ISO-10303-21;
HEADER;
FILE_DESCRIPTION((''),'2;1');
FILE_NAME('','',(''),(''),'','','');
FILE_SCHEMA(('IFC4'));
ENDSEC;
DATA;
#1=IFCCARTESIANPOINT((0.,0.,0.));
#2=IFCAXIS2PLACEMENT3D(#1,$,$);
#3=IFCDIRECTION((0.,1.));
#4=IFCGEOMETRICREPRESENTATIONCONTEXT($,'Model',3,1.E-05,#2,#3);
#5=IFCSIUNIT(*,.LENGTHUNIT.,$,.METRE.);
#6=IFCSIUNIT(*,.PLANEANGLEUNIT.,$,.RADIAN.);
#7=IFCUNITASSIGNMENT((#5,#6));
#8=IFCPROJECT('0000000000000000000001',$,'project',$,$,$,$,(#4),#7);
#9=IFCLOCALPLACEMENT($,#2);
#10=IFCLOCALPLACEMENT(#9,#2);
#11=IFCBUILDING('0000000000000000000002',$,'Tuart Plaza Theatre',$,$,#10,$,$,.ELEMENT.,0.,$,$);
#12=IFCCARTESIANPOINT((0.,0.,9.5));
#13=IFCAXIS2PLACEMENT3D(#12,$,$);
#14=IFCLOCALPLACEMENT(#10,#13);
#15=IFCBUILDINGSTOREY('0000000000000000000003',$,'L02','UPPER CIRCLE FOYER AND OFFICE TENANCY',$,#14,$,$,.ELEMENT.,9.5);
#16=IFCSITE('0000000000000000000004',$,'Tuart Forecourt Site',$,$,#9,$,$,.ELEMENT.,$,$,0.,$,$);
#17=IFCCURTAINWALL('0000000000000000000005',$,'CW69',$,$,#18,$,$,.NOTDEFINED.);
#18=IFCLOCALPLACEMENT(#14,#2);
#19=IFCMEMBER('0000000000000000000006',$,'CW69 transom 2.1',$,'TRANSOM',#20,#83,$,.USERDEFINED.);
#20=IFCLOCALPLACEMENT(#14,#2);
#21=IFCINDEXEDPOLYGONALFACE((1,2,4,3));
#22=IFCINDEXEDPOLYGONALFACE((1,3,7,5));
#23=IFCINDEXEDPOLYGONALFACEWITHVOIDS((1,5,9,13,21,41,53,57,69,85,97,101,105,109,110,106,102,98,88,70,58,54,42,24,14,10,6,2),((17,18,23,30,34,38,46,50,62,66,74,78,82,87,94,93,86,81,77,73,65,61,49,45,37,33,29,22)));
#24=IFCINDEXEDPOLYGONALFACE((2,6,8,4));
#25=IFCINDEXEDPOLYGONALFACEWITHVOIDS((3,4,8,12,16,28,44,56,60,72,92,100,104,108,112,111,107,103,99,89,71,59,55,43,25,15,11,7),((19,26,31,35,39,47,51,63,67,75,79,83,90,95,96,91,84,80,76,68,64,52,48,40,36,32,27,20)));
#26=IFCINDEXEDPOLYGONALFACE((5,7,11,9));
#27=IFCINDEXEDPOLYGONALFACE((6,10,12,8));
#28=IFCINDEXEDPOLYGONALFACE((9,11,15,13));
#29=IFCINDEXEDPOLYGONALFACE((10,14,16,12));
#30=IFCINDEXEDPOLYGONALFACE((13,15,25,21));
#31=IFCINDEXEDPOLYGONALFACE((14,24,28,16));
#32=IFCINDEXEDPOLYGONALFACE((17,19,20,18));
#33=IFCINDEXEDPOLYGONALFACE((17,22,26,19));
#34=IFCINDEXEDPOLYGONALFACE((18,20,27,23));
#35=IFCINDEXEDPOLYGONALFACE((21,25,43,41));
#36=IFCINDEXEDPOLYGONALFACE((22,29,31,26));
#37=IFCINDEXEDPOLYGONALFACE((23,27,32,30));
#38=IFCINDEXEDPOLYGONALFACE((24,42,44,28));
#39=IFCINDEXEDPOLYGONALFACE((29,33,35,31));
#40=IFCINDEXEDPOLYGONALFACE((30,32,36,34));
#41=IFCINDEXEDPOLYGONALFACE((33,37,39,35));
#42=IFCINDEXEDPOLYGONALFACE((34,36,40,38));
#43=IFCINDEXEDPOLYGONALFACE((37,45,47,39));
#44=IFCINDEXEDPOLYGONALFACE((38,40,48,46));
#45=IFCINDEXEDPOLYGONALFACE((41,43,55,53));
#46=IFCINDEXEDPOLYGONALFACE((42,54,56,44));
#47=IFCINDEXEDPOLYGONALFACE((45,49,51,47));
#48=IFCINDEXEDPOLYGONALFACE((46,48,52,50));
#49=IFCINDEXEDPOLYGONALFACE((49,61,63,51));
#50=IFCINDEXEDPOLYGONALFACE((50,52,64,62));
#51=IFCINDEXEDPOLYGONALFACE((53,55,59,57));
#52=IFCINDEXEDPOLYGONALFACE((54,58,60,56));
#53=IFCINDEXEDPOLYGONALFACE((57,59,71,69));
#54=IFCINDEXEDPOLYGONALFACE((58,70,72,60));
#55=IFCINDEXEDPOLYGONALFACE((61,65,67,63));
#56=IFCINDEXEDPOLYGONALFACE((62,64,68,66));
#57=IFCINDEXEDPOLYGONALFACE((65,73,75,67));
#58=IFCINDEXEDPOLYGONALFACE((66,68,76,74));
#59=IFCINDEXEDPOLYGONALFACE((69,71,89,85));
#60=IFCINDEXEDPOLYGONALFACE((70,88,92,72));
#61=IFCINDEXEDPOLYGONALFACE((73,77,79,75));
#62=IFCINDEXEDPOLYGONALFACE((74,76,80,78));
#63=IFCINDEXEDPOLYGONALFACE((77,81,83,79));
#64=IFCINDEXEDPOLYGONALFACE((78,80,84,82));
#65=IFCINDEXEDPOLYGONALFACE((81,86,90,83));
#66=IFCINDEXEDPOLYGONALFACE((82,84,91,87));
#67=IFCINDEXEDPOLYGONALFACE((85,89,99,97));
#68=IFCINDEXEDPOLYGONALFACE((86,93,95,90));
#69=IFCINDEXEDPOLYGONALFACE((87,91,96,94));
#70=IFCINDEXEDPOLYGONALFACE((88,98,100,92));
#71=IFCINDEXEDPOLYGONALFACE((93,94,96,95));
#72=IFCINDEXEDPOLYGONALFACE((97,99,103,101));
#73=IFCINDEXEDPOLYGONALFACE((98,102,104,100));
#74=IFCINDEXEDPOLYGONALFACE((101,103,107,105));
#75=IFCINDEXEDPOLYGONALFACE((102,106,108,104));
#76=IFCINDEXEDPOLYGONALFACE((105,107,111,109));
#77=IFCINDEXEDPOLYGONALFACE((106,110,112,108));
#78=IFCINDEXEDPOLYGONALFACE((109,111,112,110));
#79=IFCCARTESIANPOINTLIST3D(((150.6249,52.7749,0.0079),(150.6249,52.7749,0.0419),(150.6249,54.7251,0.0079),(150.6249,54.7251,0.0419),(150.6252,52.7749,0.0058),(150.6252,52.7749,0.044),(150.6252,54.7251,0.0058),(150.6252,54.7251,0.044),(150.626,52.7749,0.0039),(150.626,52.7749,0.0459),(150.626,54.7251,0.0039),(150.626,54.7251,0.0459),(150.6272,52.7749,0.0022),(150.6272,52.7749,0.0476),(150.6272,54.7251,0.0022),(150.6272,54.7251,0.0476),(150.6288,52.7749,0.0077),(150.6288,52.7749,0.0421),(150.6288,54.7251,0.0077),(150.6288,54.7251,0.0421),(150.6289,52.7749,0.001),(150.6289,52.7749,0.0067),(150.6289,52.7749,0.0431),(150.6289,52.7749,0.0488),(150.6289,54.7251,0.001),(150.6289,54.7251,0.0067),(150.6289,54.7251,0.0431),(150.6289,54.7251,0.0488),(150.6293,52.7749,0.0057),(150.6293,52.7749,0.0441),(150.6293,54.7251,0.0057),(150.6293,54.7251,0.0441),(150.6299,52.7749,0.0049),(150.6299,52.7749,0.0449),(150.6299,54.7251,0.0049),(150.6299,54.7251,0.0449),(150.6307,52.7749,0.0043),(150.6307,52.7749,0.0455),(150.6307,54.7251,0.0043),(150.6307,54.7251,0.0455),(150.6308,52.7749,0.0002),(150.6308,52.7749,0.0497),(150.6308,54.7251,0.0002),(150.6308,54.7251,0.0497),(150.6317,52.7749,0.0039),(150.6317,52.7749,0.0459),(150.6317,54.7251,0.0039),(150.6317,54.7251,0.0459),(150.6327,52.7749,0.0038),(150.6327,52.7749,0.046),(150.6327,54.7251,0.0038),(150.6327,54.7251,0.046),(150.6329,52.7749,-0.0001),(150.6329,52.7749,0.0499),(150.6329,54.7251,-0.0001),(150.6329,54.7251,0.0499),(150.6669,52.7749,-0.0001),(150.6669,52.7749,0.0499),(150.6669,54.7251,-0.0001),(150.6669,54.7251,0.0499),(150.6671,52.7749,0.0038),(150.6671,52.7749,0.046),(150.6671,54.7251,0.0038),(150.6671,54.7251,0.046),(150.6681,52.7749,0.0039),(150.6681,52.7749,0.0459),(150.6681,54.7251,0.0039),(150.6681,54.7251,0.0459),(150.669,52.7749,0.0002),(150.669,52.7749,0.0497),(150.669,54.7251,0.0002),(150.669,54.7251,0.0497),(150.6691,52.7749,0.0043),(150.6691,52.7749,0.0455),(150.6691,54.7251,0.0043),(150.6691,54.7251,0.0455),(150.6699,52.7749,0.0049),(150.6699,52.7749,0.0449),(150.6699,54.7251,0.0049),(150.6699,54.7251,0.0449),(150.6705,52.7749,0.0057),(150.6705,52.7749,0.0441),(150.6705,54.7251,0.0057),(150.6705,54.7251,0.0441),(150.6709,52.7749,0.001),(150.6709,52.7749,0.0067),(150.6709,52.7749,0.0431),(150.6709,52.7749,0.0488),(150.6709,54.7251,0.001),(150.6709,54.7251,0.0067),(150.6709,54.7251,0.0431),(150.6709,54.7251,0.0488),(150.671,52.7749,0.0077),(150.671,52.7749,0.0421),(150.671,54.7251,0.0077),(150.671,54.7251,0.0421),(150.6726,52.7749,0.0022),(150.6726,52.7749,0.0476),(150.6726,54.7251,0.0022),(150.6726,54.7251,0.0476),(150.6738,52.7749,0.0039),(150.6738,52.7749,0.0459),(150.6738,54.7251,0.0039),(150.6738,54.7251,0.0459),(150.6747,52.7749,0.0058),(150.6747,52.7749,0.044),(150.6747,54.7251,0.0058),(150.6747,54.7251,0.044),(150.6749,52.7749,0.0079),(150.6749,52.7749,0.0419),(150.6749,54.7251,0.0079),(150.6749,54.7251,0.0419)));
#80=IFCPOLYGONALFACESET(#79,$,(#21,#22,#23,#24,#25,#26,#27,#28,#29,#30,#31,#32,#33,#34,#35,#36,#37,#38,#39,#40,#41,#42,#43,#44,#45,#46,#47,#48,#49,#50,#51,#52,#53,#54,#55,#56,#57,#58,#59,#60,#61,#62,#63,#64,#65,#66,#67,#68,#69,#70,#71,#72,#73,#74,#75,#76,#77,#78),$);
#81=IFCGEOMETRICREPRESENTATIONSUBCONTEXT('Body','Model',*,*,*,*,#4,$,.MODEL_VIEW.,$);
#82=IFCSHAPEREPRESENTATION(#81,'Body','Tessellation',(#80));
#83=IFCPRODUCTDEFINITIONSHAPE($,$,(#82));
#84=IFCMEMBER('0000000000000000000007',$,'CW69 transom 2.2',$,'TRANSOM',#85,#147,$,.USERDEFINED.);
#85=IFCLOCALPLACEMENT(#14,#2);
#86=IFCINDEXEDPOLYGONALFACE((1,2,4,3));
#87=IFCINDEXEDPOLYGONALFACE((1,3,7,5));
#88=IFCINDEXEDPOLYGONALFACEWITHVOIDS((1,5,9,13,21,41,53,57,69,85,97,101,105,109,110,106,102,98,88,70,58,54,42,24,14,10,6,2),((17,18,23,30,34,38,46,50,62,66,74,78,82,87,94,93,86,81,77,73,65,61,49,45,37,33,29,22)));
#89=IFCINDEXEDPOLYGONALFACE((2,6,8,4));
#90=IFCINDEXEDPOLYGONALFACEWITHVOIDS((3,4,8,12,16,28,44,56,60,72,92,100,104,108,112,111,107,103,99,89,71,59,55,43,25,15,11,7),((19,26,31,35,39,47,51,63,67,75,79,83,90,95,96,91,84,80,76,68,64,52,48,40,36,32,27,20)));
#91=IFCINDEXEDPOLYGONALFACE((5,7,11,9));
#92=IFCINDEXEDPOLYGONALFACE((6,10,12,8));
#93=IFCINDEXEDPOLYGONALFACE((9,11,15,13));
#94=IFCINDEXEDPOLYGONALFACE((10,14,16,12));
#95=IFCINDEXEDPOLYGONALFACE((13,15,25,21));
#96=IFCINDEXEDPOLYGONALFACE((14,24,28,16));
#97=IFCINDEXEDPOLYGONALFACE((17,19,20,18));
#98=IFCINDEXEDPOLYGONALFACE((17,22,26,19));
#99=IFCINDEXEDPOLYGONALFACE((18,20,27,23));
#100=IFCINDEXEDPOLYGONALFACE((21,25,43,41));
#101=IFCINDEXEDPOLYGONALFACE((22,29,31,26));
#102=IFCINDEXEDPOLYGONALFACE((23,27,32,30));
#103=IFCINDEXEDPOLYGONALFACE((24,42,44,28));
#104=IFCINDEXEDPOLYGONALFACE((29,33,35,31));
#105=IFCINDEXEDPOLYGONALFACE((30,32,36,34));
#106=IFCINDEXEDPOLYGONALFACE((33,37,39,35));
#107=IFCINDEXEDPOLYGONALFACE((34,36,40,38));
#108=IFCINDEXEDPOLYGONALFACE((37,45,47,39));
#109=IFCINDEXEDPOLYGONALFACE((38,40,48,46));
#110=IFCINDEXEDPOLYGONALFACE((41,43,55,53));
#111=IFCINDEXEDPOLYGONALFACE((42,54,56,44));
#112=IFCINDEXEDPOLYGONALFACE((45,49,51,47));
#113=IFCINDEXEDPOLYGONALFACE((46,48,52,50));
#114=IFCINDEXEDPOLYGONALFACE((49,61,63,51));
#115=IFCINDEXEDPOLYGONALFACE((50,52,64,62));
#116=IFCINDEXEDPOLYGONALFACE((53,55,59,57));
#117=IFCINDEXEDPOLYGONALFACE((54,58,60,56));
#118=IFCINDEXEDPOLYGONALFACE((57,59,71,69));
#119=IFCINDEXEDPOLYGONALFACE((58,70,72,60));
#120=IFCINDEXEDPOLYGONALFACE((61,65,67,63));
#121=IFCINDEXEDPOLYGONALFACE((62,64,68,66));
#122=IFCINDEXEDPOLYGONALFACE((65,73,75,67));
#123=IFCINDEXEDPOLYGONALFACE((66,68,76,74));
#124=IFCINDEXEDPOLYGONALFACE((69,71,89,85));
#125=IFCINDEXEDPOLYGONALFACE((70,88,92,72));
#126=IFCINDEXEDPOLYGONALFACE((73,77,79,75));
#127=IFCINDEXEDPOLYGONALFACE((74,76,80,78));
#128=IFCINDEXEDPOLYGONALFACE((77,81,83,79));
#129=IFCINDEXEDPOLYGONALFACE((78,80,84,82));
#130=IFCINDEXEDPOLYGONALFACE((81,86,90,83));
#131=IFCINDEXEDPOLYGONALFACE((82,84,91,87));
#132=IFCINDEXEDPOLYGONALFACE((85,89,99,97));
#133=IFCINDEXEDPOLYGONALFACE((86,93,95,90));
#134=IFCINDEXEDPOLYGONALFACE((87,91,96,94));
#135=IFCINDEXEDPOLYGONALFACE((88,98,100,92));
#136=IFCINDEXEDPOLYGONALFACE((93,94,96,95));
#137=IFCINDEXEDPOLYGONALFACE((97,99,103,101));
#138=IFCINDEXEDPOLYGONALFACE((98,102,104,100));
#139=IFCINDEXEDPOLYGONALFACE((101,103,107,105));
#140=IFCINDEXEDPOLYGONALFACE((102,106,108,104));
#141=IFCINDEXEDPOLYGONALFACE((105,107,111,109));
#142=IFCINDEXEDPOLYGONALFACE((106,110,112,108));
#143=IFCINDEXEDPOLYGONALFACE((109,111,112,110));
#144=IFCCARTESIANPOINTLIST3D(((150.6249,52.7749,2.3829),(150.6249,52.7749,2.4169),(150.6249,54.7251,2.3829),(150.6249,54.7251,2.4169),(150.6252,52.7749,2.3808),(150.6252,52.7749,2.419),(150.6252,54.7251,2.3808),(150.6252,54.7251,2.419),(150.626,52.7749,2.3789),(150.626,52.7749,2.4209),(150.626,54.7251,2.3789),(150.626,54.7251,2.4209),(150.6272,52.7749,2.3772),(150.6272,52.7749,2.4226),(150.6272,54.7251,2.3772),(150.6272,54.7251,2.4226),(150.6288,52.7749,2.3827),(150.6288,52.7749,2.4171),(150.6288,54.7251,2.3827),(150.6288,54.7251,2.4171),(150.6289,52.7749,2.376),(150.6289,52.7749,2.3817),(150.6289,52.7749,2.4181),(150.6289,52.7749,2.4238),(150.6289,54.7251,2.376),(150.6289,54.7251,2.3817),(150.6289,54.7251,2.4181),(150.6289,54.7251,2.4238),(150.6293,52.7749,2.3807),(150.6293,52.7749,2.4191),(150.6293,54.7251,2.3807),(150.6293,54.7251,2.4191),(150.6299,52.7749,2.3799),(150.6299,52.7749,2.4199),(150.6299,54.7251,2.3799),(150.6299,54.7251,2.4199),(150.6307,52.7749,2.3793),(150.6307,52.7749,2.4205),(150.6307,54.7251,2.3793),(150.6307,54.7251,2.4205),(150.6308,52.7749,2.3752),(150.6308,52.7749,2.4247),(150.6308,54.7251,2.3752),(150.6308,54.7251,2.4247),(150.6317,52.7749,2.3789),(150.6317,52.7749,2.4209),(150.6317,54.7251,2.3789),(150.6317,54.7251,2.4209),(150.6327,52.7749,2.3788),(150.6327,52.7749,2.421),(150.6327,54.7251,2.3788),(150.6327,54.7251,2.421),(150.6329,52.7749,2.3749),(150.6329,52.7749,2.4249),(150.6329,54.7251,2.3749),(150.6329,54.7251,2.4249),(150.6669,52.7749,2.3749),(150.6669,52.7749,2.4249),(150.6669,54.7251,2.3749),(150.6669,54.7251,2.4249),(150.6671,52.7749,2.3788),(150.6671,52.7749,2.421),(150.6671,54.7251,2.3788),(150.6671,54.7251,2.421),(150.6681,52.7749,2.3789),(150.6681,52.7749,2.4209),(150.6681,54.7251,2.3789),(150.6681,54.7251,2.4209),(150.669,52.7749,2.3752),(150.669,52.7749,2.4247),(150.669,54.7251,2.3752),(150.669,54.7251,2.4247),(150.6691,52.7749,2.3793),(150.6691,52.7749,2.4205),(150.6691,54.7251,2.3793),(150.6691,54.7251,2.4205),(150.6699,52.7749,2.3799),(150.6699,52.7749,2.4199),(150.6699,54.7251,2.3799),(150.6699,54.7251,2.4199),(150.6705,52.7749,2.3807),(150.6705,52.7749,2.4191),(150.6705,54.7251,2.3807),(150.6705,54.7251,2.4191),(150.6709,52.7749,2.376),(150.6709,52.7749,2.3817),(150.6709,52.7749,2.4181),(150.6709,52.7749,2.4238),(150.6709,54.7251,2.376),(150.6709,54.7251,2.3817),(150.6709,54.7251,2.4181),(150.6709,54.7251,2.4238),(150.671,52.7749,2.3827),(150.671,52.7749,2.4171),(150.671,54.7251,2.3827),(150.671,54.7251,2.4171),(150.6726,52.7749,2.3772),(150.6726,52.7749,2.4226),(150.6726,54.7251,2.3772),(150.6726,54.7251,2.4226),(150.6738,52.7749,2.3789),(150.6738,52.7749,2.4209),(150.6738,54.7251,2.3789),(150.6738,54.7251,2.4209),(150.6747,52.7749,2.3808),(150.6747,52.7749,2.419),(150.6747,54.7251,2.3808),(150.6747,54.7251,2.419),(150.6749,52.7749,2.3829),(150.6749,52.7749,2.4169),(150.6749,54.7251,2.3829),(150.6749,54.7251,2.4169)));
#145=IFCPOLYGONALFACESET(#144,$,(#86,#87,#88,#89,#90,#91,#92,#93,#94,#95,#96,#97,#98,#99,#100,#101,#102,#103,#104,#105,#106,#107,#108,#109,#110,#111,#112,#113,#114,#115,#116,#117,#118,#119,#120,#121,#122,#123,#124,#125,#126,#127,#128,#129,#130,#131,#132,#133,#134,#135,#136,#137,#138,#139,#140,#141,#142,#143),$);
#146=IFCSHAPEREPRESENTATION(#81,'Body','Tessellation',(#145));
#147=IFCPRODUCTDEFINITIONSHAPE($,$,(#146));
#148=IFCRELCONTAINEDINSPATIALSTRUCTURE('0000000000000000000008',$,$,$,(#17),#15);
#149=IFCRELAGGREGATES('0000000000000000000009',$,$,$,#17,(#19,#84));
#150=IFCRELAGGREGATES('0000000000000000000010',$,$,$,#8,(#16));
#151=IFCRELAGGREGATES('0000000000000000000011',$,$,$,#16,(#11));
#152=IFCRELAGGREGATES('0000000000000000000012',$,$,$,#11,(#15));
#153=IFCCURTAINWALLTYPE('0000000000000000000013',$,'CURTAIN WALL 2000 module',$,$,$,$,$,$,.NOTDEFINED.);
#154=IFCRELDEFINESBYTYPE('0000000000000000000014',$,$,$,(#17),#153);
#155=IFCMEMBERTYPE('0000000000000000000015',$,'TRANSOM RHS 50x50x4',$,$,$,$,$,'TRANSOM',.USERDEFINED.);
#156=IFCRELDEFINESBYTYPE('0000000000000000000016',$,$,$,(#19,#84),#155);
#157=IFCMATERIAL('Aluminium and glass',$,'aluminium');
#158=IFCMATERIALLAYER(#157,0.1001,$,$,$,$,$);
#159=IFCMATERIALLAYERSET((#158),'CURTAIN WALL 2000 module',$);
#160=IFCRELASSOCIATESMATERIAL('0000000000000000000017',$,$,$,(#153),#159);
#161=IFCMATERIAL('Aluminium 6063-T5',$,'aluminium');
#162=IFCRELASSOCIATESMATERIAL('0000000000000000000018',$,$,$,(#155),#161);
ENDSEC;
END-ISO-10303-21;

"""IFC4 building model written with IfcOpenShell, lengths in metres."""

from ifc_helpers import new_model, si_unit, direction, frame, origin, origin_2d, place, context, subcontext, project, spatial, hollow_rectangle, extrude, material, layer, layer_set, material_profile, profile_set, type_object, element, aggregate, save


model = new_model("IFC4")

# Units and contexts
model_context = context("Model", 3, precision=1e-05, world=origin(), true_north=direction((0.0, 1.0)))
body_context = subcontext(model_context, "Body", "Model", "MODEL_VIEW")
ifc_project = project(units=[si_unit("LENGTHUNIT", "METRE"), si_unit("PLANEANGLEUNIT", "RADIAN")], contexts=[model_context])

# Site, building, storey
site_placement = place(None, origin())
site = spatial("IfcSite", under=ifc_project, at=site_placement, Name="Tuart Forecourt Site", CompositionType="ELEMENT", RefElevation=0.0)
building_placement = place(site_placement, origin())
building = spatial("IfcBuilding", under=site, at=building_placement, Name="Tuart Plaza Theatre", CompositionType="ELEMENT", ElevationOfRefHeight=0.0)
storey_placement = place(building_placement, frame((0.0, 0.0, 9.5)))
storey = spatial("IfcBuildingStorey", under=building, at=storey_placement, Name="L02", Description="UPPER CIRCLE FOYER AND OFFICE TENANCY", CompositionType="ELEMENT", Elevation=9.5)

# Curtain wall, members
ifc_material_1 = material(Name="Aluminium and glass", Category="aluminium")
ifc_layer_1 = layer(ifc_material_1, 0.1001)
ifc_layer_set_1 = layer_set([ifc_layer_1], Name="CURTAIN WALL 2000 module")
curtain_wall_type = type_object("IfcCurtainWallType", Name="CURTAIN WALL 2000 module", PredefinedType="NOTDEFINED", material=ifc_layer_set_1)
curtain_wall_placement = place(storey_placement, origin())
curtain_wall = element("IfcCurtainWall", 1, at=curtain_wall_placement, inside=storey, type_object=curtain_wall_type, Name="CW69", PredefinedType="NOTDEFINED")
ifc_material_2 = material(Name="Aluminium 6063-T5", Category="aluminium")
ifc_material_profile_1 = material_profile(ifc_material_2, hollow_rectangle(XDim=0.05, YDim=0.05, WallThickness=0.0039, InnerFilletRadius=0.0039, OuterFilletRadius=0.0081, at=origin_2d()), Name="RHS 50x50x4")
ifc_profile_set_1 = profile_set([ifc_material_profile_1], Name="Aluminium 6063-T5")
member_type_1 = type_object("IfcMemberType", Name="TRANSOM RHS 50x50x4", ElementType="TRANSOM", PredefinedType="USERDEFINED", material=ifc_profile_set_1)
member_1_placement = place(storey_placement, frame((150.6499, 52.7749, 0.0249), z_axis=(0.0, 1.0, 0.0), x_axis=(-1.0, 0.0, 0.0)))
member_1 = element("IfcMember", 2, at=member_1_placement, type_object=member_type_1, Name="CW69 transom 2.1", ObjectType="TRANSOM", PredefinedType="USERDEFINED", context=body_context, shape_type="SweptSolid", body=[
    extrude(hollow_rectangle(XDim=0.05, YDim=0.05, WallThickness=0.0039, InnerFilletRadius=0.0039, OuterFilletRadius=0.0081, at=origin_2d()), origin(), (0.0, 0.0, 1.0), 1.9502),
])
member_2_placement = place(storey_placement, frame((150.6499, 52.7749, 2.3999), z_axis=(0.0, 1.0, 0.0), x_axis=(-1.0, 0.0, 0.0)))
member_2 = element("IfcMember", 3, at=member_2_placement, type_object=member_type_1, Name="CW69 transom 2.2", ObjectType="TRANSOM", PredefinedType="USERDEFINED", context=body_context, shape_type="SweptSolid", body=[
    extrude(hollow_rectangle(XDim=0.05, YDim=0.05, WallThickness=0.0039, InnerFilletRadius=0.0039, OuterFilletRadius=0.0081, at=origin_2d()), origin(), (0.0, 0.0, 1.0), 1.9502),
])
aggregate(curtain_wall, [member_1, member_2])

save(model, "model.ifc")
